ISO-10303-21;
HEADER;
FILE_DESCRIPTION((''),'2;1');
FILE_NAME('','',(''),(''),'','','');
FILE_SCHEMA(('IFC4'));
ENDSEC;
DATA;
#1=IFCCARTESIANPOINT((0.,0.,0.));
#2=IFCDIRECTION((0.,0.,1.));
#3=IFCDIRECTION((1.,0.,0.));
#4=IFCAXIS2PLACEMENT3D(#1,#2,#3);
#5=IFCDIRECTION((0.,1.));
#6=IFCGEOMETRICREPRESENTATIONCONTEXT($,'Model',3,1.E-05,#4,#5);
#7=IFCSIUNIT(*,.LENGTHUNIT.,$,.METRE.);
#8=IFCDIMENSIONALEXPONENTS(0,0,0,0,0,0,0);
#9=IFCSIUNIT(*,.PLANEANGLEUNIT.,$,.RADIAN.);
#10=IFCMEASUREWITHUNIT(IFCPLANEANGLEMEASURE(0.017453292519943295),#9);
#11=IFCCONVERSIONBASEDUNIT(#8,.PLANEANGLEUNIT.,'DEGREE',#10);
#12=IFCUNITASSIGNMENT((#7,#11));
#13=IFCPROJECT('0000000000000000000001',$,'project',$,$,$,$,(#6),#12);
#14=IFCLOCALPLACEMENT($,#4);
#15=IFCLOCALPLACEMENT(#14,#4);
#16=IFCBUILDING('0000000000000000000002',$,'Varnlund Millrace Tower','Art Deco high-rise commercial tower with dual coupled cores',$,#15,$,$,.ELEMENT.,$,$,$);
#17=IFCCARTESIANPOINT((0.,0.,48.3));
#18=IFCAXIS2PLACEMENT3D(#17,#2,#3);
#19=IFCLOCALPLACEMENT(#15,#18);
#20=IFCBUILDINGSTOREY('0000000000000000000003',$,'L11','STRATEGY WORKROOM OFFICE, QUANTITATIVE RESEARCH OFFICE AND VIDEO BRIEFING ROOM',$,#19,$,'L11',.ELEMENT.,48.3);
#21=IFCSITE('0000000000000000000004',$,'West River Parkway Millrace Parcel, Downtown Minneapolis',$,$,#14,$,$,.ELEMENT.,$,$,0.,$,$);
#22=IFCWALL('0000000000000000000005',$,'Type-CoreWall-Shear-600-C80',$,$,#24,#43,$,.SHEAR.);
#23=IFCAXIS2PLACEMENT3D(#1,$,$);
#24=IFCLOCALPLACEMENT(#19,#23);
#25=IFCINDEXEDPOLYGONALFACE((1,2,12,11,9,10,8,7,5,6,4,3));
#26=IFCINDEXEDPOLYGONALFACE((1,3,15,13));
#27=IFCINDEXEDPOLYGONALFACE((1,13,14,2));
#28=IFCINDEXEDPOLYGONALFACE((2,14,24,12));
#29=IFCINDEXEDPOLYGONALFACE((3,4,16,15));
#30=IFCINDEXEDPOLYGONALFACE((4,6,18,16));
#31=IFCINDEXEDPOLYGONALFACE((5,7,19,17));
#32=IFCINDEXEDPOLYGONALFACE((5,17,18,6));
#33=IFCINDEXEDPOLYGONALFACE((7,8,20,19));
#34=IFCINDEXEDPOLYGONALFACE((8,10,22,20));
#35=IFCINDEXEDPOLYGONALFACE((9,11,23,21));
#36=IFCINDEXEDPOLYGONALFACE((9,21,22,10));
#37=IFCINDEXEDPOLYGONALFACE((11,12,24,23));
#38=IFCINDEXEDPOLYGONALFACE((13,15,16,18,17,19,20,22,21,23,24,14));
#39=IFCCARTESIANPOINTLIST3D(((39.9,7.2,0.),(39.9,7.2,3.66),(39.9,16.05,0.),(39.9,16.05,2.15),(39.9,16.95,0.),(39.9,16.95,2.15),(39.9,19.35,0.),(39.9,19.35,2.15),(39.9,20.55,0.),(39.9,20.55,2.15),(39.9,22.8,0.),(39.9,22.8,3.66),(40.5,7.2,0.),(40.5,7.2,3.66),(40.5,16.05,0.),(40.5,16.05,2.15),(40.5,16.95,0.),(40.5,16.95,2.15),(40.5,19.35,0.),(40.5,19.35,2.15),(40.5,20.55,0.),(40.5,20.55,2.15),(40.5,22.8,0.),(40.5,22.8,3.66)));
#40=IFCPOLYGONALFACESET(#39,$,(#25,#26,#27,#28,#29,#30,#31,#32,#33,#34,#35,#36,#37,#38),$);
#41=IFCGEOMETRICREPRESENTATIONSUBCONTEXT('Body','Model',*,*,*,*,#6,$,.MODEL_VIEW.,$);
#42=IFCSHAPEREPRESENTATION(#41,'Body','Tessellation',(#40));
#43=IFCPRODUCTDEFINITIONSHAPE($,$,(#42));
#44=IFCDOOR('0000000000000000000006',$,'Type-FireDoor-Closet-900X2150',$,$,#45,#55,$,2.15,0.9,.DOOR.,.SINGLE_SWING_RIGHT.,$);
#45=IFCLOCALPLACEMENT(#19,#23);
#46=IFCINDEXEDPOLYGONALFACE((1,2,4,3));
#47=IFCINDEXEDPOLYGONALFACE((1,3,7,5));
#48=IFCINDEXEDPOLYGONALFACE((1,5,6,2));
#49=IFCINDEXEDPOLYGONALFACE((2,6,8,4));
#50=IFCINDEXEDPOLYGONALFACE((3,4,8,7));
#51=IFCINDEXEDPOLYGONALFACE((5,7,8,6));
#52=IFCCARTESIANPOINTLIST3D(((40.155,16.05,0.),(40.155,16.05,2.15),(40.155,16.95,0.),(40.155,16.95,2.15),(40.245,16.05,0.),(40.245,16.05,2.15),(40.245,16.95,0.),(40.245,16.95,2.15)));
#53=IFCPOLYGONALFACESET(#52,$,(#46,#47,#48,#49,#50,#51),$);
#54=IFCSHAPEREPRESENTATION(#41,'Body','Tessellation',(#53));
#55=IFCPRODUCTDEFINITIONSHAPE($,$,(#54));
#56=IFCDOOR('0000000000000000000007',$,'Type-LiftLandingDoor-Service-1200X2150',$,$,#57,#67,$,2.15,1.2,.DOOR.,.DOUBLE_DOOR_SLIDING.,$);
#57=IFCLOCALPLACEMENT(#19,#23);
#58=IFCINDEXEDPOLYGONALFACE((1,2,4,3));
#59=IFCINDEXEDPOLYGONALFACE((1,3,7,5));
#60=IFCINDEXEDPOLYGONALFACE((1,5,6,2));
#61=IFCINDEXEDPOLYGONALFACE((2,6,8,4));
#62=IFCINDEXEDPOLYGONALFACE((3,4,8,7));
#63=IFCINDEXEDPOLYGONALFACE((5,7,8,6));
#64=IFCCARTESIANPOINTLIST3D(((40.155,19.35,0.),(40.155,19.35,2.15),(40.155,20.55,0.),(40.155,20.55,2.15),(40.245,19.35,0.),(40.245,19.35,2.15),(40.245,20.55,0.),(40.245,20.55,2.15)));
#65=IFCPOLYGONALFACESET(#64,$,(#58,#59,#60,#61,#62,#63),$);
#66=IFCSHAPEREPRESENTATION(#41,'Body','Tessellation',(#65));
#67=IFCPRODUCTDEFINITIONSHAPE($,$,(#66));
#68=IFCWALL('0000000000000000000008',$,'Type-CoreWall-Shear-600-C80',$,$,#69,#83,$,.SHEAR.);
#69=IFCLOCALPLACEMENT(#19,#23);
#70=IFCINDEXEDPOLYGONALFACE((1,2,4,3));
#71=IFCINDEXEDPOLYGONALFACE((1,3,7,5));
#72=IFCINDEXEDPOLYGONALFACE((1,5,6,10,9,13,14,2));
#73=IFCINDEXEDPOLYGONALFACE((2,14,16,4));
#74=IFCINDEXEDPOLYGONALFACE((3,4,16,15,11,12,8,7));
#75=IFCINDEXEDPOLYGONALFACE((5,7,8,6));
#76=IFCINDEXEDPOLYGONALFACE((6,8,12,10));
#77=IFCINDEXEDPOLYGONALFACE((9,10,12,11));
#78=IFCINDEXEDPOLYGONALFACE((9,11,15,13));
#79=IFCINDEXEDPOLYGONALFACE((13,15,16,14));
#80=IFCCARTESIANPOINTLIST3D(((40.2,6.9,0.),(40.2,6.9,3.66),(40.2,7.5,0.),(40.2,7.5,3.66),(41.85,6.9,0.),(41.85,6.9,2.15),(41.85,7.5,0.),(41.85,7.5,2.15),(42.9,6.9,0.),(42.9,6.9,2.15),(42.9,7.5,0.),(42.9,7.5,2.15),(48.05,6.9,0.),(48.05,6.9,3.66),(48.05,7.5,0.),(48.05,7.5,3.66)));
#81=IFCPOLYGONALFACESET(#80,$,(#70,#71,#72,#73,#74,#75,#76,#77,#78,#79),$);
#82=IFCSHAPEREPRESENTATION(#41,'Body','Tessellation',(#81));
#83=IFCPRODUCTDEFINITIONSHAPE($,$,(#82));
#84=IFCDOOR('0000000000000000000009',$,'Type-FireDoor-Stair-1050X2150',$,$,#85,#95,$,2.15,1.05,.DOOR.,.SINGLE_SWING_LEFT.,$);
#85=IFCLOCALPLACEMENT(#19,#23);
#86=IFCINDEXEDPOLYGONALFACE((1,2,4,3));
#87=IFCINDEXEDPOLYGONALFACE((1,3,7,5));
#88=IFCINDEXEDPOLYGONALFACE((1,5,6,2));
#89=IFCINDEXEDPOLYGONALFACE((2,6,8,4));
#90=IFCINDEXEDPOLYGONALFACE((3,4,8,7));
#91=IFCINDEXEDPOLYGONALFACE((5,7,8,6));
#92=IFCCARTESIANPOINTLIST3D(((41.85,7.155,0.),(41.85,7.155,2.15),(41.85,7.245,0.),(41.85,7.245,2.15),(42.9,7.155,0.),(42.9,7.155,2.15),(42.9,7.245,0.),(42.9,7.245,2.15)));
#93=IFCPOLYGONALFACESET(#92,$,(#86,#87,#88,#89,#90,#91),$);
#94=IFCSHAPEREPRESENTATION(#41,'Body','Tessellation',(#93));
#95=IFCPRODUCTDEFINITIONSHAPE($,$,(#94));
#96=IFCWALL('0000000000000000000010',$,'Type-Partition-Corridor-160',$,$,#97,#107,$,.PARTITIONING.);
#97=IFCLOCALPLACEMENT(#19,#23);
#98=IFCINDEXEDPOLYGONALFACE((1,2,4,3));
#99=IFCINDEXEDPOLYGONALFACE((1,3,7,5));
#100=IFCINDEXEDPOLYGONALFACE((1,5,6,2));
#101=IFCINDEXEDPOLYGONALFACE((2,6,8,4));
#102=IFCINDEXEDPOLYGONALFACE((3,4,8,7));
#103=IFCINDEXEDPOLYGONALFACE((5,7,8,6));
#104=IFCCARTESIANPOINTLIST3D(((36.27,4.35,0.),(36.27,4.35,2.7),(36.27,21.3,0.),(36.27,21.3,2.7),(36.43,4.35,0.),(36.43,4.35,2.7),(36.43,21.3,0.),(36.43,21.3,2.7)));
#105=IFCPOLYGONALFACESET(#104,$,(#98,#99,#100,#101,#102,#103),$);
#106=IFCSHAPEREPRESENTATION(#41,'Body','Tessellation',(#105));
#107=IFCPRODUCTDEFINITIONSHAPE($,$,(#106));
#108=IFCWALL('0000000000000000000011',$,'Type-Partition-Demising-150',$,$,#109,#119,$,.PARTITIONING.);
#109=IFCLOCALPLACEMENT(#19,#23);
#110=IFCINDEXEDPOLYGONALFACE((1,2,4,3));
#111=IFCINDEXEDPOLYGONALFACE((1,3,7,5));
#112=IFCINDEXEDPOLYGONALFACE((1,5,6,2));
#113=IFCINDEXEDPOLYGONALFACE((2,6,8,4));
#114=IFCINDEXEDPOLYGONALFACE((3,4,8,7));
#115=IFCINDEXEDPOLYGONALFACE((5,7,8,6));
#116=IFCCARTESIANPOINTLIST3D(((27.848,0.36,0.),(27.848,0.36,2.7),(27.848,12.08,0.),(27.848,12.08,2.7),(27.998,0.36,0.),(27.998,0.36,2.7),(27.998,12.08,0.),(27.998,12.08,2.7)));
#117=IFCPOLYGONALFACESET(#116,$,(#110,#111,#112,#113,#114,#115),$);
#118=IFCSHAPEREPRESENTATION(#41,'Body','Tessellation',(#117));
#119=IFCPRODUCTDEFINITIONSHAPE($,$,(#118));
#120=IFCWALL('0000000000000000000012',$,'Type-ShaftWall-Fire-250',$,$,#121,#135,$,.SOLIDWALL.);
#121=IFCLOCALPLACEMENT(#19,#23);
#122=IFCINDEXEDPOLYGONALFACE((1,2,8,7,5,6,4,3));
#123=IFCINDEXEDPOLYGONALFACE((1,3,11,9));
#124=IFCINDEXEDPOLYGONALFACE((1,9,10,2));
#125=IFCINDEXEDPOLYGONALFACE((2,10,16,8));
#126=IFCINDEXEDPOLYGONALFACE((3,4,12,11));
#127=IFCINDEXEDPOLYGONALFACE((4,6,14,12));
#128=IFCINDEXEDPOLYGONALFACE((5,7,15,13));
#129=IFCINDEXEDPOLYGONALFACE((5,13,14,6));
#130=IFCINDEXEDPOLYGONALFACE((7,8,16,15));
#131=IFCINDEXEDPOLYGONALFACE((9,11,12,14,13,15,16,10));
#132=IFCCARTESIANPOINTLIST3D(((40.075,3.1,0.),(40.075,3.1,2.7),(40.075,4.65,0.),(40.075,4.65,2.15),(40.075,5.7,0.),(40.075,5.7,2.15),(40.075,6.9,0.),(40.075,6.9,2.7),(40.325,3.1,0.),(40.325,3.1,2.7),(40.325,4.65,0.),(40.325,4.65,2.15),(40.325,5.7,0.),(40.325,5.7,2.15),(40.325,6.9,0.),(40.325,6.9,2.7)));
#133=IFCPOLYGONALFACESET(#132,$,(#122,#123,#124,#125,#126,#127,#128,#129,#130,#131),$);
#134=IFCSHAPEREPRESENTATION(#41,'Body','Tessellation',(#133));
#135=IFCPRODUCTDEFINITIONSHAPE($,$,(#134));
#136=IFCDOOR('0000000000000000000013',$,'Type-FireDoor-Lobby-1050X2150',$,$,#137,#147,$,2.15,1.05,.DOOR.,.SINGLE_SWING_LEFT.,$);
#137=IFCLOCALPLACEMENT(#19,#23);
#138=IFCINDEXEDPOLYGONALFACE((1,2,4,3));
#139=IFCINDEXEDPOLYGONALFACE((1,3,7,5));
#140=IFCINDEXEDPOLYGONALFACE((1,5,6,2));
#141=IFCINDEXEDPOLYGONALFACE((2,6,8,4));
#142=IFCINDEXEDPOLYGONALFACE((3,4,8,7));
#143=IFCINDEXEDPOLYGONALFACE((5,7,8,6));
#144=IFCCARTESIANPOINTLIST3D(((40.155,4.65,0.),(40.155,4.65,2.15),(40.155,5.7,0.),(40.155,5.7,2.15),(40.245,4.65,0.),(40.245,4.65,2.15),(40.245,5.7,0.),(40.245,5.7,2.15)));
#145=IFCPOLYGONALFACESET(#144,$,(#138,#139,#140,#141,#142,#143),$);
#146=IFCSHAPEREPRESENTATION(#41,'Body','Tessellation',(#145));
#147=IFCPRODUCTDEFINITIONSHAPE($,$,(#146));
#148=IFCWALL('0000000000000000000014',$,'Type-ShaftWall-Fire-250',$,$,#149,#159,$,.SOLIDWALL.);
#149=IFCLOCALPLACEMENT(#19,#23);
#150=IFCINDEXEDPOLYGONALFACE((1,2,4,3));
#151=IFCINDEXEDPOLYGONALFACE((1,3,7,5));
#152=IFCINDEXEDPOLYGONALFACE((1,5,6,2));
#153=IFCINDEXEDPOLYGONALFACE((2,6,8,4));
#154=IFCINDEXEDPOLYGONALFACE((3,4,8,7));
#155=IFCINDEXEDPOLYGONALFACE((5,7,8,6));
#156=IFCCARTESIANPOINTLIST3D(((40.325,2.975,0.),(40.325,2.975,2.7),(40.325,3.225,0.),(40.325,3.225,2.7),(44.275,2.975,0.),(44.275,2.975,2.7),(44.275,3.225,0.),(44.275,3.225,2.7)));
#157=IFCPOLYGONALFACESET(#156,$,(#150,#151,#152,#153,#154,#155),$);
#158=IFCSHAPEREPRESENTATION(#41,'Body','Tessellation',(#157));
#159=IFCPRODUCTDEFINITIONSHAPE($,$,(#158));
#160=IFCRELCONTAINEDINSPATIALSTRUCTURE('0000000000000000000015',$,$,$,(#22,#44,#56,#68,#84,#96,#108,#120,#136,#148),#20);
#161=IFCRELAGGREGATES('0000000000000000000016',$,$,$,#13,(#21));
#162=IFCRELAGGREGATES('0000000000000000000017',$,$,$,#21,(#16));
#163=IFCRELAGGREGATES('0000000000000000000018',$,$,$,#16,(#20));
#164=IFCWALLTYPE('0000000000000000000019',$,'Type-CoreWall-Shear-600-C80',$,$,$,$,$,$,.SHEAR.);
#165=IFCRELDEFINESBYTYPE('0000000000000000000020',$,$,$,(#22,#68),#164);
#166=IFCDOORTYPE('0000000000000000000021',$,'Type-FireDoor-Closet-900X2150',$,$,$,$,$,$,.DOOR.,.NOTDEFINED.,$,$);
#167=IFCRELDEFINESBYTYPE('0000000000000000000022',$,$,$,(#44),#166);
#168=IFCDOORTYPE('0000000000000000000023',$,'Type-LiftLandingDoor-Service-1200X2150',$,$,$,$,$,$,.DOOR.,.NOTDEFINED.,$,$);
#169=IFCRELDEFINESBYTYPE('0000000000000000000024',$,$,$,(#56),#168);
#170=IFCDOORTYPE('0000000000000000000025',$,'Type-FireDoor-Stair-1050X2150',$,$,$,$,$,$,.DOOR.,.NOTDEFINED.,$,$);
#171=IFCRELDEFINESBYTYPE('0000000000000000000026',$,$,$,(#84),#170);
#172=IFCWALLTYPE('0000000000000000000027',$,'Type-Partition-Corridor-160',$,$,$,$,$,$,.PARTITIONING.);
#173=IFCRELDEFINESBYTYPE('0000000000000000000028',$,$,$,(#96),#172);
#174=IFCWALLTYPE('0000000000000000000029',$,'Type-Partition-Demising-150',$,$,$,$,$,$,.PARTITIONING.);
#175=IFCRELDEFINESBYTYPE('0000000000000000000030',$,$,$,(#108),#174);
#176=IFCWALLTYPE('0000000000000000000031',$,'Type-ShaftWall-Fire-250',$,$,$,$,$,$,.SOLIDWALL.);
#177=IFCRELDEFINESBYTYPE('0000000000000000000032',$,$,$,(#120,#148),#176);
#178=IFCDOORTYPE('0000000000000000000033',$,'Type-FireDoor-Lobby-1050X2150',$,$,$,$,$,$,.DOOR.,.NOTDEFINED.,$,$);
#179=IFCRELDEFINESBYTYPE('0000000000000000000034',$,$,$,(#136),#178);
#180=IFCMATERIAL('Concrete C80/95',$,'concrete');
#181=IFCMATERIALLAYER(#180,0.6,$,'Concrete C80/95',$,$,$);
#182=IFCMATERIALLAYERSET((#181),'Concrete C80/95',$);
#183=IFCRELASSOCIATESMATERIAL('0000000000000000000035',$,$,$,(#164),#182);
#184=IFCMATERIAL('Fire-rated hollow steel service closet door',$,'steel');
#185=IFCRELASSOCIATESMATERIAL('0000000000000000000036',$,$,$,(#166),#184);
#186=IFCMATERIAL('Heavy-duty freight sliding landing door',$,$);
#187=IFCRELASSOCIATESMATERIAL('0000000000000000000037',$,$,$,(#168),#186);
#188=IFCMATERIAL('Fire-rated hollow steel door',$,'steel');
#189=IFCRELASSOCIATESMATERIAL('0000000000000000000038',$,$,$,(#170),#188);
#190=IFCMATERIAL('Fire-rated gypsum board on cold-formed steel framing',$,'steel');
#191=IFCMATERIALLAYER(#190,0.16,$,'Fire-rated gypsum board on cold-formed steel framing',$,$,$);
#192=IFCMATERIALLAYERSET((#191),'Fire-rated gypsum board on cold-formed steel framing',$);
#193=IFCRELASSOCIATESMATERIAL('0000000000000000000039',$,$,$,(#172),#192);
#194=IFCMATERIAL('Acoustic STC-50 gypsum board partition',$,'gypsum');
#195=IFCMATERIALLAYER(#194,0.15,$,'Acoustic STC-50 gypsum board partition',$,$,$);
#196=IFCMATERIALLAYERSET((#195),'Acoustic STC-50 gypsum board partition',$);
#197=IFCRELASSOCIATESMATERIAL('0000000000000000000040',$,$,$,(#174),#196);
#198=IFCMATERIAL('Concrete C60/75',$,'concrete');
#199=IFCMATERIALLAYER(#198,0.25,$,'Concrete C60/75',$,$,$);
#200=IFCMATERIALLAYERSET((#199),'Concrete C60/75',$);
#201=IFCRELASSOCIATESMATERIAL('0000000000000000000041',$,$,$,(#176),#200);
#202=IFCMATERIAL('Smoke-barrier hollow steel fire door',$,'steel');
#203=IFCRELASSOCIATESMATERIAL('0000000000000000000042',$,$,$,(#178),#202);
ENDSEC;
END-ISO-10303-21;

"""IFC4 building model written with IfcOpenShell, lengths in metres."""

from ifc_helpers import new_model, entity, si_unit, converted_unit, direction, frame, origin_with_axes, origin_2d_with_axis, place, context, subcontext, project, spatial, polyline, rectangle, outline, extrude, material, layer, layer_set, type_object, element, fill, save


model = new_model("IFC4")

# Units and contexts
model_context = context("Model", 3, precision=1e-05, world=origin_with_axes(), true_north=direction((0.0, 1.0)))
body_context = subcontext(model_context, "Body", "Model", "MODEL_VIEW")
ifc_project = project(units=[si_unit("LENGTHUNIT", "METRE"), converted_unit("PLANEANGLEUNIT", "DEGREE", entity("IfcPlaneAngleMeasure", 0.017453292519943295), si_unit("PLANEANGLEUNIT", "RADIAN"), dimensions=[0, 0, 0, 0, 0, 0, 0])], contexts=[model_context])

# Site, building, storey
site_placement = place(None, origin_with_axes())
site = spatial("IfcSite", under=ifc_project, at=site_placement, Name="West River Parkway Millrace Parcel, Downtown Minneapolis", CompositionType="ELEMENT", RefElevation=0.0)
building_placement = place(site_placement, origin_with_axes())
building = spatial("IfcBuilding", under=site, at=building_placement, Name="Varnlund Millrace Tower", Description="Art Deco high-rise commercial tower with dual coupled cores", CompositionType="ELEMENT")
storey_placement = place(building_placement, frame((0.0, 0.0, 48.3), z_axis=(0.0, 0.0, 1.0), x_axis=(1.0, 0.0, 0.0)))
storey = spatial("IfcBuildingStorey", under=building, at=storey_placement, Name="L11", Description="STRATEGY WORKROOM OFFICE, QUANTITATIVE RESEARCH OFFICE AND VIDEO BRIEFING ROOM", LongName="L11", CompositionType="ELEMENT", Elevation=48.3)

# Shared definitions
ifc_material_1 = material(Name="Concrete C80/95", Category="concrete")

# Wall, openings, doors
ifc_layer_1 = layer(ifc_material_1, 0.6, Name="Concrete C80/95")
ifc_layer_set_1 = layer_set([ifc_layer_1], Name="Concrete C80/95")
wall_type_1 = type_object("IfcWallType", Name="Type-CoreWall-Shear-600-C80", PredefinedType="SHEAR", material=ifc_layer_set_1)
wall_1_placement = place(storey_placement, frame((40.2, 7.2, 0.0), z_axis=(0.0, 0.0, 1.0), x_axis=(0.0, 1.0, 0.0)))
wall_1 = element("IfcWall", 1, at=wall_1_placement, inside=storey, type_object=wall_type_1, Name="Type-CoreWall-Shear-600-C80", PredefinedType="SHEAR", context=body_context, shape_type="SweptSolid", body=[
    extrude(outline(polyline([(0.0, -0.3), (15.6, -0.3), (15.6, 0.3), (0.0, 0.3), (0.0, -0.3)])), origin_with_axes(), (0.0, 0.0, 1.0), 3.66),
])
opening_1_placement = place(wall_1_placement, frame((12.75, 0.0, 0.0), z_axis=(0.0, 0.0, 1.0), x_axis=(1.0, 0.0, 0.0)))
opening_1 = element("IfcOpeningElement", 2, at=opening_1_placement, cuts=wall_1, PredefinedType="OPENING", context=body_context, shape_type="SweptSolid", body=[
    extrude(rectangle(XDim=1.2, YDim=0.62, at=origin_2d_with_axis()), origin_with_axes(), (0.0, 0.0, 1.0), 2.15),
])
opening_2_placement = place(wall_1_placement, frame((9.3, 0.0, 0.0), z_axis=(0.0, 0.0, 1.0), x_axis=(1.0, 0.0, 0.0)))
opening_2 = element("IfcOpeningElement", 3, at=opening_2_placement, cuts=wall_1, PredefinedType="OPENING", context=body_context, shape_type="SweptSolid", body=[
    extrude(rectangle(XDim=0.9, YDim=0.62, at=origin_2d_with_axis()), origin_with_axes(), (0.0, 0.0, 1.0), 2.15),
])
ifc_material_2 = material(Name="Fire-rated hollow steel service closet door", Category="steel")
door_type_1 = type_object("IfcDoorType", Name="Type-FireDoor-Closet-900X2150", OperationType="NOTDEFINED", PredefinedType="DOOR", material=ifc_material_2)
door_1_placement = place(wall_1_placement, frame((9.3, 0.0, 0.0), z_axis=(0.0, 0.0, 1.0), x_axis=(1.0, 0.0, 0.0)))
door_1 = element("IfcDoor", 4, at=door_1_placement, inside=storey, type_object=door_type_1, Name="Type-FireDoor-Closet-900X2150", OperationType="SINGLE_SWING_RIGHT", OverallHeight=2.15, OverallWidth=0.9, PredefinedType="DOOR", context=body_context, shape_type="SweptSolid", body=[
    extrude(rectangle(XDim=0.9, YDim=0.09, at=origin_2d_with_axis()), origin_with_axes(), (0.0, 0.0, 1.0), 2.15),
])
fill(opening_2, door_1)
ifc_material_3 = material(Name="Heavy-duty freight sliding landing door")
door_type_2 = type_object("IfcDoorType", Name="Type-LiftLandingDoor-Service-1200X2150", OperationType="NOTDEFINED", PredefinedType="DOOR", material=ifc_material_3)
door_2_placement = place(wall_1_placement, frame((12.75, 0.0, 0.0), z_axis=(0.0, 0.0, 1.0), x_axis=(1.0, 0.0, 0.0)))
door_2 = element("IfcDoor", 5, at=door_2_placement, inside=storey, type_object=door_type_2, Name="Type-LiftLandingDoor-Service-1200X2150", OperationType="DOUBLE_DOOR_SLIDING", OverallHeight=2.15, OverallWidth=1.2, PredefinedType="DOOR", context=body_context, shape_type="SweptSolid", body=[
    extrude(rectangle(XDim=1.2, YDim=0.09, at=origin_2d_with_axis()), origin_with_axes(), (0.0, 0.0, 1.0), 2.15),
])
fill(opening_1, door_2)

# Wall, opening, door
wall_2_placement = place(storey_placement, frame((40.2, 7.2, 0.0), z_axis=(0.0, 0.0, 1.0), x_axis=(1.0, 0.0, 0.0)))
wall_2 = element("IfcWall", 6, at=wall_2_placement, inside=storey, type_object=wall_type_1, Name="Type-CoreWall-Shear-600-C80", PredefinedType="SHEAR", context=body_context, shape_type="SweptSolid", body=[
    extrude(outline(polyline([(0.0, -0.3), (7.85, -0.3), (7.85, 0.3), (0.0, 0.3), (0.0, -0.3)])), origin_with_axes(), (0.0, 0.0, 1.0), 3.66),
])
opening_3_placement = place(wall_2_placement, frame((2.175, 0.0, 0.0), z_axis=(0.0, 0.0, 1.0), x_axis=(1.0, 0.0, 0.0)))
opening_3 = element("IfcOpeningElement", 7, at=opening_3_placement, cuts=wall_2, PredefinedType="OPENING", context=body_context, shape_type="SweptSolid", body=[
    extrude(rectangle(XDim=1.05, YDim=0.62, at=origin_2d_with_axis()), origin_with_axes(), (0.0, 0.0, 1.0), 2.15),
])
ifc_material_4 = material(Name="Fire-rated hollow steel door", Category="steel")
door_type_3 = type_object("IfcDoorType", Name="Type-FireDoor-Stair-1050X2150", OperationType="NOTDEFINED", PredefinedType="DOOR", material=ifc_material_4)
door_3_placement = place(wall_2_placement, frame((2.175, 0.0, 0.0), z_axis=(0.0, 0.0, 1.0), x_axis=(1.0, 0.0, 0.0)))
door_3 = element("IfcDoor", 8, at=door_3_placement, inside=storey, type_object=door_type_3, Name="Type-FireDoor-Stair-1050X2150", OperationType="SINGLE_SWING_LEFT", OverallHeight=2.15, OverallWidth=1.05, PredefinedType="DOOR", context=body_context, shape_type="SweptSolid", body=[
    extrude(rectangle(XDim=1.05, YDim=0.09, at=origin_2d_with_axis()), origin_with_axes(), (0.0, 0.0, 1.0), 2.15),
])
fill(opening_3, door_3)

# Walls
ifc_material_5 = material(Name="Fire-rated gypsum board on cold-formed steel framing", Category="steel")
ifc_layer_2 = layer(ifc_material_5, 0.16, Name="Fire-rated gypsum board on cold-formed steel framing")
ifc_layer_set_2 = layer_set([ifc_layer_2], Name="Fire-rated gypsum board on cold-formed steel framing")
wall_type_2 = type_object("IfcWallType", Name="Type-Partition-Corridor-160", PredefinedType="PARTITIONING", material=ifc_layer_set_2)
wall_3_placement = place(storey_placement, frame((36.35, 4.35, 0.0), z_axis=(0.0, 0.0, 1.0), x_axis=(0.0, 1.0, 0.0)))
element("IfcWall", 9, at=wall_3_placement, inside=storey, type_object=wall_type_2, Name="Type-Partition-Corridor-160", PredefinedType="PARTITIONING", context=body_context, shape_type="SweptSolid", body=[
    extrude(outline(polyline([(0.0, -0.08), (16.95, -0.08), (16.95, 0.08), (0.0, 0.08), (0.0, -0.08)])), origin_with_axes(), (0.0, 0.0, 1.0), 2.7),
])
ifc_material_6 = material(Name="Acoustic STC-50 gypsum board partition", Category="gypsum")
ifc_layer_3 = layer(ifc_material_6, 0.15, Name="Acoustic STC-50 gypsum board partition")
ifc_layer_set_3 = layer_set([ifc_layer_3], Name="Acoustic STC-50 gypsum board partition")
wall_type_3 = type_object("IfcWallType", Name="Type-Partition-Demising-150", PredefinedType="PARTITIONING", material=ifc_layer_set_3)
wall_4_placement = place(storey_placement, frame((27.923, 0.36, 0.0), z_axis=(0.0, 0.0, 1.0), x_axis=(0.0, 1.0, 0.0)))
element("IfcWall", 10, at=wall_4_placement, inside=storey, type_object=wall_type_3, Name="Type-Partition-Demising-150", PredefinedType="PARTITIONING", context=body_context, shape_type="SweptSolid", body=[
    extrude(outline(polyline([(0.0, -0.075), (11.72, -0.075), (11.72, 0.075), (0.0, 0.075), (0.0, -0.075)])), origin_with_axes(), (0.0, 0.0, 1.0), 2.7),
])

# Wall, opening, door
ifc_material_7 = material(Name="Concrete C60/75", Category="concrete")
ifc_layer_4 = layer(ifc_material_7, 0.25, Name="Concrete C60/75")
ifc_layer_set_4 = layer_set([ifc_layer_4], Name="Concrete C60/75")
wall_type_4 = type_object("IfcWallType", Name="Type-ShaftWall-Fire-250", PredefinedType="SOLIDWALL", material=ifc_layer_set_4)
wall_5_placement = place(storey_placement, frame((40.2, 3.1, 0.0), z_axis=(0.0, 0.0, 1.0), x_axis=(0.0, 1.0, 0.0)))
wall_5 = element("IfcWall", 11, at=wall_5_placement, inside=storey, type_object=wall_type_4, Name="Type-ShaftWall-Fire-250", PredefinedType="SOLIDWALL", context=body_context, shape_type="SweptSolid", body=[
    extrude(outline(polyline([(0.0, -0.125), (3.8, -0.125), (3.8, 0.125), (0.0, 0.125), (0.0, -0.125)])), origin_with_axes(), (0.0, 0.0, 1.0), 2.7),
])
opening_4_placement = place(wall_5_placement, frame((2.075, 0.0, 0.0), z_axis=(0.0, 0.0, 1.0), x_axis=(1.0, 0.0, 0.0)))
opening_4 = element("IfcOpeningElement", 12, at=opening_4_placement, cuts=wall_5, PredefinedType="OPENING", context=body_context, shape_type="SweptSolid", body=[
    extrude(rectangle(XDim=1.05, YDim=0.27, at=origin_2d_with_axis()), origin_with_axes(), (0.0, 0.0, 1.0), 2.15),
])
ifc_material_8 = material(Name="Smoke-barrier hollow steel fire door", Category="steel")
door_type_4 = type_object("IfcDoorType", Name="Type-FireDoor-Lobby-1050X2150", OperationType="NOTDEFINED", PredefinedType="DOOR", material=ifc_material_8)
door_4_placement = place(wall_5_placement, frame((2.075, 0.0, 0.0), z_axis=(0.0, 0.0, 1.0), x_axis=(1.0, 0.0, 0.0)))
door_4 = element("IfcDoor", 13, at=door_4_placement, inside=storey, type_object=door_type_4, Name="Type-FireDoor-Lobby-1050X2150", OperationType="SINGLE_SWING_LEFT", OverallHeight=2.15, OverallWidth=1.05, PredefinedType="DOOR", context=body_context, shape_type="SweptSolid", body=[
    extrude(rectangle(XDim=1.05, YDim=0.09, at=origin_2d_with_axis()), origin_with_axes(), (0.0, 0.0, 1.0), 2.15),
])
fill(opening_4, door_4)

# Wall
wall_6_placement = place(storey_placement, frame((40.325, 3.1, 0.0), z_axis=(0.0, 0.0, 1.0), x_axis=(1.0, 0.0, 0.0)))
element("IfcWall", 14, at=wall_6_placement, inside=storey, type_object=wall_type_4, Name="Type-ShaftWall-Fire-250", PredefinedType="SOLIDWALL", context=body_context, shape_type="SweptSolid", body=[
    extrude(outline(polyline([(0.0, -0.125), (3.95, -0.125), (3.95, 0.125), (0.0, 0.125), (0.0, -0.125)])), origin_with_axes(), (0.0, 0.0, 1.0), 2.7),
])

save(model, "model.ifc")
